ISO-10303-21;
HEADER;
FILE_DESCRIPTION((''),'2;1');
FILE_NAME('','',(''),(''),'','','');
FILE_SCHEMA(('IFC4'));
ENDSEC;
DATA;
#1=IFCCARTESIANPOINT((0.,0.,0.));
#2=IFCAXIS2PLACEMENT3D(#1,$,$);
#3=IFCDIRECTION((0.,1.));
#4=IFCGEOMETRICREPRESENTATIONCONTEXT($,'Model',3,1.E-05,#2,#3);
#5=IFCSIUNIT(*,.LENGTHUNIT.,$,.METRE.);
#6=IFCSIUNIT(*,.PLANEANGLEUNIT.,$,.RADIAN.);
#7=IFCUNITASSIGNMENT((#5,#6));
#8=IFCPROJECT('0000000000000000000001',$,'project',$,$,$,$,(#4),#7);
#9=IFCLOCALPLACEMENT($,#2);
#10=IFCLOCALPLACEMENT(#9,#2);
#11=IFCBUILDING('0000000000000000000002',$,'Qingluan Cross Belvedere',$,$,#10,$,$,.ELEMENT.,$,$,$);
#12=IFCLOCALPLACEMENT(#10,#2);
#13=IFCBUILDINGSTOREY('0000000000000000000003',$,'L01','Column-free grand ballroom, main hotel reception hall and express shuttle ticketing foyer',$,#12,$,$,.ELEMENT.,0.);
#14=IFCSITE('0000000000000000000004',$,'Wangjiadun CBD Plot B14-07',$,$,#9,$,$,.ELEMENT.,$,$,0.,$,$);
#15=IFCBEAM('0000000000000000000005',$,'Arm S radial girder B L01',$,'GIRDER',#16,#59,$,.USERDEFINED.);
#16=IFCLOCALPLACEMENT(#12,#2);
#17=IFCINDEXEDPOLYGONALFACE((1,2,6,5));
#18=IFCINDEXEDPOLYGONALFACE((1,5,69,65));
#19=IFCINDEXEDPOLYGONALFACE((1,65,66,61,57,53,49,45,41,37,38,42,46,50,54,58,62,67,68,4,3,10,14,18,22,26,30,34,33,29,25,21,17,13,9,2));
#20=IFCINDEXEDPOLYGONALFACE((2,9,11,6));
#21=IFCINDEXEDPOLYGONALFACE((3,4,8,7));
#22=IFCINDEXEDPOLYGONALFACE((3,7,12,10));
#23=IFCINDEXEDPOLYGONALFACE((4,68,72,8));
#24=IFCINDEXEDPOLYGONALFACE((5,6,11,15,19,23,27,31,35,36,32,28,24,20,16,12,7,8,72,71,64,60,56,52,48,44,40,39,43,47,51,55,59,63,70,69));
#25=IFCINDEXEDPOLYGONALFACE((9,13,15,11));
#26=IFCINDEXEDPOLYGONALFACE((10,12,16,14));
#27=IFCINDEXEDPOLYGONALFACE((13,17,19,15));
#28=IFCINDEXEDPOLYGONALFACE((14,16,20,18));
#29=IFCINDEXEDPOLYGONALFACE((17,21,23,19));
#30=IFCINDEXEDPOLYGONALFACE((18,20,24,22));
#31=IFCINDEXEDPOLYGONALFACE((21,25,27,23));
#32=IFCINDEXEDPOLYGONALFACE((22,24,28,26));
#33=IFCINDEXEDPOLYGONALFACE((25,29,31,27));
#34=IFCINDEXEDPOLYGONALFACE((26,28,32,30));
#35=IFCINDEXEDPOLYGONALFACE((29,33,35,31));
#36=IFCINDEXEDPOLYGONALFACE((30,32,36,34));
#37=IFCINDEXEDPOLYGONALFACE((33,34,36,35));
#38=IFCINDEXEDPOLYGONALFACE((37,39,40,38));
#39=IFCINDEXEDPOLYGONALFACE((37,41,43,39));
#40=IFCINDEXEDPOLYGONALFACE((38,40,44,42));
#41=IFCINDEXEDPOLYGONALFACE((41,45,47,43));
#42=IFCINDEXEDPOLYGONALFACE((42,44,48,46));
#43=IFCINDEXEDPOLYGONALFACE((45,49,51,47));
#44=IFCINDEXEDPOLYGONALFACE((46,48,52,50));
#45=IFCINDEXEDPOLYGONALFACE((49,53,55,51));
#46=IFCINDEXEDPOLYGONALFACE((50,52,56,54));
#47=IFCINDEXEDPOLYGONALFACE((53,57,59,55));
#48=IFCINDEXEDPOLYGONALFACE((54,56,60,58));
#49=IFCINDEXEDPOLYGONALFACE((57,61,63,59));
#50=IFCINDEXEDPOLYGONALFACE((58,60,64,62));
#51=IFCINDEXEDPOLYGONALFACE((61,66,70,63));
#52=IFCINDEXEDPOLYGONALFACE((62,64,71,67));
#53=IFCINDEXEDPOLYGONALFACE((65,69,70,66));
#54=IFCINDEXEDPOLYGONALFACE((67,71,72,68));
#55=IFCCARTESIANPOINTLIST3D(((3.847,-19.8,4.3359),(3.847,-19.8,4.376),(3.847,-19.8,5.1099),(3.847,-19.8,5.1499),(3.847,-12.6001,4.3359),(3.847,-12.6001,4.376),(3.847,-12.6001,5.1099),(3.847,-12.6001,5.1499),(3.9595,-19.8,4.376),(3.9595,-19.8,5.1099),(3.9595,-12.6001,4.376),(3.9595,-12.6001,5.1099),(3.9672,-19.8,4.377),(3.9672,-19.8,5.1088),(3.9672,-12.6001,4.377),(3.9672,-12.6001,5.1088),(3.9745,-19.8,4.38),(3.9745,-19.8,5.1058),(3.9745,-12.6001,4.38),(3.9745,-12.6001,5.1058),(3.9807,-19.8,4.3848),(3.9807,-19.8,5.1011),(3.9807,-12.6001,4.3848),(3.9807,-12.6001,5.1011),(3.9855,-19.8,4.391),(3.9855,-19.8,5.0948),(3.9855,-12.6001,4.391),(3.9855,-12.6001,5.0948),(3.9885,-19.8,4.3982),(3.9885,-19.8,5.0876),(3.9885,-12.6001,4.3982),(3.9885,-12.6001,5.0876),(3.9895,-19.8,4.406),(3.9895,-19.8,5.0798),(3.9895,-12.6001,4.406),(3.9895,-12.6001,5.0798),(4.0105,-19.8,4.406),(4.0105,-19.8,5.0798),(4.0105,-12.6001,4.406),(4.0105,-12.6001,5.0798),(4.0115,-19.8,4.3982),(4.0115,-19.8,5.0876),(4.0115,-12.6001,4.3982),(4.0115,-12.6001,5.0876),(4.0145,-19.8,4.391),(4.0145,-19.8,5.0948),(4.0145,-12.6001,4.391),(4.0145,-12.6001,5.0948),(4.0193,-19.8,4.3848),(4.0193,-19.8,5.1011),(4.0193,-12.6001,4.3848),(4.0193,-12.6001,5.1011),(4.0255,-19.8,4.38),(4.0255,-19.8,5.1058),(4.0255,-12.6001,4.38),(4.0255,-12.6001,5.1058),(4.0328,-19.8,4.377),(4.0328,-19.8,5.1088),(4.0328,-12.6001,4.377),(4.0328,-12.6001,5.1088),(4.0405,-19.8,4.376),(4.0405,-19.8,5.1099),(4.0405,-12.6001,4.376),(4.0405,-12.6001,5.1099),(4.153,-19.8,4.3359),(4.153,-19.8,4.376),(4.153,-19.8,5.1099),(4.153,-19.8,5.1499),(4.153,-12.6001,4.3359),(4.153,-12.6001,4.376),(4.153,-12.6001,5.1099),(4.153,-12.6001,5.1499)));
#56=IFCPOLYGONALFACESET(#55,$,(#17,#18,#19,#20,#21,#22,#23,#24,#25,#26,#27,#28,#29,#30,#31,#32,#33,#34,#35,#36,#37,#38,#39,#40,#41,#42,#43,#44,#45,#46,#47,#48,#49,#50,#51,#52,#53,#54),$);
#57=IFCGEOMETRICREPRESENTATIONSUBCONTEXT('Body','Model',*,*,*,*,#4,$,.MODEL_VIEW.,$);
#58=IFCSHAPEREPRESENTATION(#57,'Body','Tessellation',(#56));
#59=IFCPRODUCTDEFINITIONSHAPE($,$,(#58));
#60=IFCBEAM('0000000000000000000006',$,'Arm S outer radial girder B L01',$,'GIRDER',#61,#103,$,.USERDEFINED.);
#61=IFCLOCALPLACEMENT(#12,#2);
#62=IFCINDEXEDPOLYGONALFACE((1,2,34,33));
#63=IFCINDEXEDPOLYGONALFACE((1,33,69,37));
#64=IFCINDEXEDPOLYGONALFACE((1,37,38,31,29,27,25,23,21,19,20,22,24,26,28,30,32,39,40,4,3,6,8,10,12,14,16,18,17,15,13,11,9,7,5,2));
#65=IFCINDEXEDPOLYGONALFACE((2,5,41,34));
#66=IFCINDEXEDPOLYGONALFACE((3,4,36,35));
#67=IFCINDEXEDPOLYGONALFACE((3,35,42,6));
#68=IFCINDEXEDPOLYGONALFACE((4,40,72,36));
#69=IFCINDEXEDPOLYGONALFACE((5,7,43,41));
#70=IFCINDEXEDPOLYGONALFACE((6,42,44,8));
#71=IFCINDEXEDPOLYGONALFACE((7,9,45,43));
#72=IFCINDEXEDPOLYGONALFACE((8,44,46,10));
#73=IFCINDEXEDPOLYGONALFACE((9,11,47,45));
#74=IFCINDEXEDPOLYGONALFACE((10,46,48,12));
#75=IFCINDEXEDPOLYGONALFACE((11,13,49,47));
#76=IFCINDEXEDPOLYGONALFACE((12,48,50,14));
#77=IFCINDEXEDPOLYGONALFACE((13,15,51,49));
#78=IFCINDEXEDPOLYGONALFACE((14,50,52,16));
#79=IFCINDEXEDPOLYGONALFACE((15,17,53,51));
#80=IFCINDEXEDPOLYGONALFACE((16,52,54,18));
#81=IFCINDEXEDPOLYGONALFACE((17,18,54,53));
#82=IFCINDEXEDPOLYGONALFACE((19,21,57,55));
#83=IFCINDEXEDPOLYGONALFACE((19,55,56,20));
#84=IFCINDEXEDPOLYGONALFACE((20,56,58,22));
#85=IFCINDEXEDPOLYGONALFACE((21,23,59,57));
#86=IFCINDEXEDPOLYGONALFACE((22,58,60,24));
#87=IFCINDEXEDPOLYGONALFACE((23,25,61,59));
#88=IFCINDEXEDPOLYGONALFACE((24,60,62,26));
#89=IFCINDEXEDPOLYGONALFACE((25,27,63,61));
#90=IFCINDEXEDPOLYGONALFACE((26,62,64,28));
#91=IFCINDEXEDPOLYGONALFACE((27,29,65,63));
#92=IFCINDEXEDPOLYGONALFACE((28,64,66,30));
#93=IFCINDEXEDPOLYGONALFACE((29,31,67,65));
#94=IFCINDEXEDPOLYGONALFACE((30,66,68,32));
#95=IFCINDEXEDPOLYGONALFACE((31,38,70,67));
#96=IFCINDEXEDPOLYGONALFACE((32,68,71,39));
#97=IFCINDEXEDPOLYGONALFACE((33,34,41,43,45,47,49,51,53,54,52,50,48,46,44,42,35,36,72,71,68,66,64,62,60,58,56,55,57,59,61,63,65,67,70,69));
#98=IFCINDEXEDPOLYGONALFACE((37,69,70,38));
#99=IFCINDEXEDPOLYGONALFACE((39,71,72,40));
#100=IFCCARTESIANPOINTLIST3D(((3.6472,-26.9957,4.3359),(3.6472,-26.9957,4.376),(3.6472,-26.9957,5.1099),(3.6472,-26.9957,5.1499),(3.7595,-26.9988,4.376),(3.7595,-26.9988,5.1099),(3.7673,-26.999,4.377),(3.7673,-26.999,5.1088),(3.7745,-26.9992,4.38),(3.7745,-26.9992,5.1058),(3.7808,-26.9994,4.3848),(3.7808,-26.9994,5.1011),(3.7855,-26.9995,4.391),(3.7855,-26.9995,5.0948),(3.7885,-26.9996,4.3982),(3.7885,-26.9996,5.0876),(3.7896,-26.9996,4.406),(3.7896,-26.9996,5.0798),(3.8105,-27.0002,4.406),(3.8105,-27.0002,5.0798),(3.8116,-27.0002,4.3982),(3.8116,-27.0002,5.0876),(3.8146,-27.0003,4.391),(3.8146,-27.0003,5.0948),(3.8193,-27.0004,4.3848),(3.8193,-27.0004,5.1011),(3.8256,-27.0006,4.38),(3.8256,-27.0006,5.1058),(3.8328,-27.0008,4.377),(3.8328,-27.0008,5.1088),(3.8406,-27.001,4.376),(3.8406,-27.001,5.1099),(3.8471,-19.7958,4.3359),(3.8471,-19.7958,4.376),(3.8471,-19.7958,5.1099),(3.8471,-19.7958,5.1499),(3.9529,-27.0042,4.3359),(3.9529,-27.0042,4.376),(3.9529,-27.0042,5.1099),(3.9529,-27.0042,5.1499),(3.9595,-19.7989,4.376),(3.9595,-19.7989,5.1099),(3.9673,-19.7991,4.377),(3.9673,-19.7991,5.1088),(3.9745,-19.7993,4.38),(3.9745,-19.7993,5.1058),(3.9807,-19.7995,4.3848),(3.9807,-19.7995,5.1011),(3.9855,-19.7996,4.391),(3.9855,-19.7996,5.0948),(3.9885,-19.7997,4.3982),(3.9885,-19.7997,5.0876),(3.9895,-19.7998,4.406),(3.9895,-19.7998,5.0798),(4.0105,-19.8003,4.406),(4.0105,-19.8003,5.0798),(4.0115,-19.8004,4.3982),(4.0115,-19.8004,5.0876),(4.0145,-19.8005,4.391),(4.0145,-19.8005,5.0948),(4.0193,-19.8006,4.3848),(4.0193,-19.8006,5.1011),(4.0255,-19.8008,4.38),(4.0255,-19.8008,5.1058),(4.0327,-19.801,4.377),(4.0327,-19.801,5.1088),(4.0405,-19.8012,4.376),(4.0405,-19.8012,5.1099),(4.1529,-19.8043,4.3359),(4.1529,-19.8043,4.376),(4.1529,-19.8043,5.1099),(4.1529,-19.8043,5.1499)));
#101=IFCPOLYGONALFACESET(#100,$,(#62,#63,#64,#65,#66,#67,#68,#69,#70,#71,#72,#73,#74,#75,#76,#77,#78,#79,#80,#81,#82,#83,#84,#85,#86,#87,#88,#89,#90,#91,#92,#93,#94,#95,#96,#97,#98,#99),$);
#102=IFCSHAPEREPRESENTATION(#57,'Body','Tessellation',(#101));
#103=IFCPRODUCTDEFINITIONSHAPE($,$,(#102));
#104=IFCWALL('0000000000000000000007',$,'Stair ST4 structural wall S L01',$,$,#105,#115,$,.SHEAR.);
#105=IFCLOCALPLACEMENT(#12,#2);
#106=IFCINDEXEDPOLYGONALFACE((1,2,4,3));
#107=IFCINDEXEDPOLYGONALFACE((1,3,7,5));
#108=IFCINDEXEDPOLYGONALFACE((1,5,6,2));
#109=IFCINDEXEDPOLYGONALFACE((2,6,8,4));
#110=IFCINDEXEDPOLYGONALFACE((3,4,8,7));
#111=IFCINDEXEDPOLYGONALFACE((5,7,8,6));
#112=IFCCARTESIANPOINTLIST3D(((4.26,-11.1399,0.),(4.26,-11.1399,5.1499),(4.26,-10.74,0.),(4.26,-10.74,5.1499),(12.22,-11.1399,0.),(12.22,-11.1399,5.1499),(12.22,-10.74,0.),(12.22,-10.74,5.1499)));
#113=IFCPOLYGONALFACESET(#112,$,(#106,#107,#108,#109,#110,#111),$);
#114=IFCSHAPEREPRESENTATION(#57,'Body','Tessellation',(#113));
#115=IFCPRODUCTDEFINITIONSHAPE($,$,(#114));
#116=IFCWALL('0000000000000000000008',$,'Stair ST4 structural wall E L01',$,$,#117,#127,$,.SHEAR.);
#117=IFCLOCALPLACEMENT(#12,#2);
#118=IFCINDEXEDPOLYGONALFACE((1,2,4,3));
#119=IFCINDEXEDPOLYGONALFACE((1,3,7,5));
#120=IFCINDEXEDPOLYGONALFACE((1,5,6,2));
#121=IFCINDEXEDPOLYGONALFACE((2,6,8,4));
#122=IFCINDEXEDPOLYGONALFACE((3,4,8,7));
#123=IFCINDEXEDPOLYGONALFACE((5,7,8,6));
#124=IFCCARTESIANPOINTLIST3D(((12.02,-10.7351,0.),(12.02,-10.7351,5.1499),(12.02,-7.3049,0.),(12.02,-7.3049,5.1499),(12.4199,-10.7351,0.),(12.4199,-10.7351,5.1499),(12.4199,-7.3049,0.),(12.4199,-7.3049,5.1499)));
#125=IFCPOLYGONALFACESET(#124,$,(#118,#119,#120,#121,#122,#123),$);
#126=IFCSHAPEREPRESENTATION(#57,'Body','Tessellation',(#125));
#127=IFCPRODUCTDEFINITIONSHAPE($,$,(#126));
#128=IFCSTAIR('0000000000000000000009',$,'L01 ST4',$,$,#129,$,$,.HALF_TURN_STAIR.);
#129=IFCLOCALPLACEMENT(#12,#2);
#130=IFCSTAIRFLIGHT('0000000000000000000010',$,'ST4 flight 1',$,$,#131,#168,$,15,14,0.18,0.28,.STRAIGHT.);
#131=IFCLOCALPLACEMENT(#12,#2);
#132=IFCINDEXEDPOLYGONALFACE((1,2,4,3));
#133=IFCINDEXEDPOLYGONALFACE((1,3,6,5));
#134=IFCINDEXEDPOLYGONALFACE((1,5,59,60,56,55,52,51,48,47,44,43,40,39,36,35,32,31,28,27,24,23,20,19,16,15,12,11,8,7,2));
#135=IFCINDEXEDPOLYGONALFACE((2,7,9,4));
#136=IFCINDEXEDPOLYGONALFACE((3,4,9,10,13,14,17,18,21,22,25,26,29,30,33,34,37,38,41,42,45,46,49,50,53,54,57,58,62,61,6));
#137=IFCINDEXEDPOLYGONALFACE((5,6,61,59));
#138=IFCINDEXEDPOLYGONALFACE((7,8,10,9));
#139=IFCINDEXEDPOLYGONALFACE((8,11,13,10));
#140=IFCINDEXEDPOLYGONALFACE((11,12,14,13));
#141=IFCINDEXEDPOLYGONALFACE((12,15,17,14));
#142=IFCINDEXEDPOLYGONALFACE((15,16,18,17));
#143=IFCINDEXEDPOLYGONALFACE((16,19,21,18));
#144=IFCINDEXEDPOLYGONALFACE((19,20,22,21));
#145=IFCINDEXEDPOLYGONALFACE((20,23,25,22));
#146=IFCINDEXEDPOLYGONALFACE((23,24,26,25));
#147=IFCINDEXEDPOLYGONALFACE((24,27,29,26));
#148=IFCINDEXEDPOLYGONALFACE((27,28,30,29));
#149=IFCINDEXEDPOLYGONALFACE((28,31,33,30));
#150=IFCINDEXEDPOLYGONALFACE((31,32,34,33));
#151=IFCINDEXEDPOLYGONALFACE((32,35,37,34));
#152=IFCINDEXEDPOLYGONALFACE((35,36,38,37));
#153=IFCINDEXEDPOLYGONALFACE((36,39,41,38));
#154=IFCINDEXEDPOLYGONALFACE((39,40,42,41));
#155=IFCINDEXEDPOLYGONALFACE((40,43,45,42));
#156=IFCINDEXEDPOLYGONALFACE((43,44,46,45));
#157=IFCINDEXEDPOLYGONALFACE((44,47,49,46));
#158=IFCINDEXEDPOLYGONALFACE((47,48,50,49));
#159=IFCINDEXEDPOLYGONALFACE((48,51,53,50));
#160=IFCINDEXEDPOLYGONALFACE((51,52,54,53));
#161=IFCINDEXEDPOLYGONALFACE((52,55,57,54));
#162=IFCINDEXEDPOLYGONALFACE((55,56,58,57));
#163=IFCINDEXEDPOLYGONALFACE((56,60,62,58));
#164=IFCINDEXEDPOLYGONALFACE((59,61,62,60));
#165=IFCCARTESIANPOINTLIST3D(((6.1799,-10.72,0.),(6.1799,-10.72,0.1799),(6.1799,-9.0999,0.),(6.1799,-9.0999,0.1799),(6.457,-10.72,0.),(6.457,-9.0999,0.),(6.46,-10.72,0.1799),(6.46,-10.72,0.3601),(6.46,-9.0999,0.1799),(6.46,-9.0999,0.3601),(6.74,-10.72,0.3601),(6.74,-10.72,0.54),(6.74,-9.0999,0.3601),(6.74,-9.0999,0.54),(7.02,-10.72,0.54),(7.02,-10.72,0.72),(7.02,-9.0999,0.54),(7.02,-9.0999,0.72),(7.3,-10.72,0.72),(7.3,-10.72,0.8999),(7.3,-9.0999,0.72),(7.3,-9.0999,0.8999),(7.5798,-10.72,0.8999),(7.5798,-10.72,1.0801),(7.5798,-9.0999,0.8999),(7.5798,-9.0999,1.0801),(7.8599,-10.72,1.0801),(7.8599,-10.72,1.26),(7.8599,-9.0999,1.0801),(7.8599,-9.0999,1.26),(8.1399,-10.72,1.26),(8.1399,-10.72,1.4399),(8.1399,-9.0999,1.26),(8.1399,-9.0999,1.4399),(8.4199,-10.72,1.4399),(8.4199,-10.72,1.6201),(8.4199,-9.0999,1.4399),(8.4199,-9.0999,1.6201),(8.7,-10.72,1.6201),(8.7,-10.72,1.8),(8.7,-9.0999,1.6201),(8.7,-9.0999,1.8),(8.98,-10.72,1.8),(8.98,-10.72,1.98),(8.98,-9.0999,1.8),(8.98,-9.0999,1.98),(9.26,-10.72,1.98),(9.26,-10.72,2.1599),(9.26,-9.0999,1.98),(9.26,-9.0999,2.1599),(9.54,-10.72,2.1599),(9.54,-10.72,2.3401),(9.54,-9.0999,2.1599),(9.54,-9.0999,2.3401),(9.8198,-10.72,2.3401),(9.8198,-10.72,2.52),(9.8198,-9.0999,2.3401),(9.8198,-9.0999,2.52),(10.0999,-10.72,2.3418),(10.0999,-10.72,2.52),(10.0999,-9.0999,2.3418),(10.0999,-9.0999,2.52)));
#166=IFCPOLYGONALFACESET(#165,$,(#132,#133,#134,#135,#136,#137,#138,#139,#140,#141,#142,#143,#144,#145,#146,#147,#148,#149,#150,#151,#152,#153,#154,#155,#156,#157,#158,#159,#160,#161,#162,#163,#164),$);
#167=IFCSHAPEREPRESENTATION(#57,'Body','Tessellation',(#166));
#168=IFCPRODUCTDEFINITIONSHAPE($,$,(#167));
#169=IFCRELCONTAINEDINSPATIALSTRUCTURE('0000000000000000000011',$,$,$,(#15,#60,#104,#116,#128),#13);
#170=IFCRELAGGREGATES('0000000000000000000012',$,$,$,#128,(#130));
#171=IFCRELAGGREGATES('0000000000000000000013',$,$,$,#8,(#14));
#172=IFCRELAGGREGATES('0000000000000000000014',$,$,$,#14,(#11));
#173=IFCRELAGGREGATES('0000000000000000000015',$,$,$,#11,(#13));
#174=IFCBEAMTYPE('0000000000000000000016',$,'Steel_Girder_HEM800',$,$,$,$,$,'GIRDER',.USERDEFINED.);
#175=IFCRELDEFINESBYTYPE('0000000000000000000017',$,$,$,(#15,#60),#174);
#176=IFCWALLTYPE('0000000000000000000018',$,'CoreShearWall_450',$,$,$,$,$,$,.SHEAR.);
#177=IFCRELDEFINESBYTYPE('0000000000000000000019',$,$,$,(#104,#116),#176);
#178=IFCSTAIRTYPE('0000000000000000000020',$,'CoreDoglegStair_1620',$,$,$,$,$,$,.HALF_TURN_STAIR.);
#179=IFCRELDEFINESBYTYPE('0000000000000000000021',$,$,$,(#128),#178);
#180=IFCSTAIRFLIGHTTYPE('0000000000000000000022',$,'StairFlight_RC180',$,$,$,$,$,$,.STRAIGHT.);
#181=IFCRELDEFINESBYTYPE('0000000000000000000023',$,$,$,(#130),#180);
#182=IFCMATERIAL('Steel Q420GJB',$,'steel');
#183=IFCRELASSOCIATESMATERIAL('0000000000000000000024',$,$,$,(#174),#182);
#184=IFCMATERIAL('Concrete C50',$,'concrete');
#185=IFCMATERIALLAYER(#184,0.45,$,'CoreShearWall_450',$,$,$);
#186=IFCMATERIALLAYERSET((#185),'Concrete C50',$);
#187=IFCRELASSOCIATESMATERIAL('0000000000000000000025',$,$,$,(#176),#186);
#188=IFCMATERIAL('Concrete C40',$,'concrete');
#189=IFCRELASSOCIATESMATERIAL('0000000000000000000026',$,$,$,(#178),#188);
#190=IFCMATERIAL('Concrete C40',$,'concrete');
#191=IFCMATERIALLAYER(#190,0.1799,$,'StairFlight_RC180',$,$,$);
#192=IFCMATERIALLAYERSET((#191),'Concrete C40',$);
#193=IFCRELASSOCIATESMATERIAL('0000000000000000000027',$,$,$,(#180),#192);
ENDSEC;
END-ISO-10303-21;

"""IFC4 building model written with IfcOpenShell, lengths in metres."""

from ifc_helpers import new_model, si_unit, direction, frame, frame_2d, origin, origin_2d, place, context, subcontext, project, spatial, polyline, rectangle, i_section, outline, extrude, material, layer, layer_set, material_profile, profile_set, type_object, element, aggregate, save


model = new_model("IFC4")

# Units and contexts
model_context = context("Model", 3, precision=1e-05, world=origin(), true_north=direction((0.0, 1.0)))
body_context = subcontext(model_context, "Body", "Model", "MODEL_VIEW")
ifc_project = project(units=[si_unit("LENGTHUNIT", "METRE"), si_unit("PLANEANGLEUNIT", "RADIAN")], contexts=[model_context])

# Site, building, storey
site_placement = place(None, origin())
site = spatial("IfcSite", under=ifc_project, at=site_placement, Name="Wangjiadun CBD Plot B14-07", CompositionType="ELEMENT", RefElevation=0.0)
building_placement = place(site_placement, origin())
building = spatial("IfcBuilding", under=site, at=building_placement, Name="Qingluan Cross Belvedere", CompositionType="ELEMENT")
storey_placement = place(building_placement, origin())
storey = spatial("IfcBuildingStorey", under=building, at=storey_placement, Name="L01", Description="Column-free grand ballroom, main hotel reception hall and express shuttle ticketing foyer", CompositionType="ELEMENT", Elevation=0.0)

# Beams
ifc_material_1 = material(Name="Steel Q420GJB", Category="steel")
ifc_material_profile_1 = material_profile(ifc_material_1, i_section(OverallWidth=0.3059, OverallDepth=0.814, WebThickness=0.021, FlangeThickness=0.04, FilletRadius=0.03, at=origin_2d()), Name="HEM800")
ifc_profile_set_1 = profile_set([ifc_material_profile_1], Name="Steel Q420GJB")
beam_type_1 = type_object("IfcBeamType", Name="Steel_Girder_HEM800", ElementType="GIRDER", PredefinedType="USERDEFINED", material=ifc_profile_set_1)
beam_1_placement = place(storey_placement, frame((4.0, -12.6001, 4.7429), z_axis=(0.0, -1.0, 0.0), x_axis=(1.0, 0.0, 0.0)))
element("IfcBeam", 1, at=beam_1_placement, inside=storey, type_object=beam_type_1, Name="Arm S radial girder B L01", ObjectType="GIRDER", PredefinedType="USERDEFINED", context=body_context, shape_type="SweptSolid", body=[
    extrude(i_section(OverallWidth=0.3059, OverallDepth=0.814, WebThickness=0.021, FlangeThickness=0.04, FilletRadius=0.03, at=origin_2d()), origin(), (0.0, 0.0, 1.0), 7.2),
])
beam_2_placement = place(storey_placement, frame((4.0, -19.8, 4.7429), z_axis=(-0.02776, -0.999615, 0.0), x_axis=(0.999615, -0.02776, 0.0)))
element("IfcBeam", 2, at=beam_2_placement, inside=storey, type_object=beam_type_1, Name="Arm S outer radial girder B L01", ObjectType="GIRDER", PredefinedType="USERDEFINED", context=body_context, shape_type="SweptSolid", body=[
    extrude(i_section(OverallWidth=0.3059, OverallDepth=0.814, WebThickness=0.021, FlangeThickness=0.04, FilletRadius=0.03, at=origin_2d()), origin(), (0.0, 0.0, 1.0), 7.2026),
])

# Wall
ifc_material_2 = material(Name="Concrete C50", Category="concrete")
ifc_layer_1 = layer(ifc_material_2, 0.45, Name="CoreShearWall_450")
ifc_layer_set_1 = layer_set([ifc_layer_1], Name="Concrete C50")
wall_type = type_object("IfcWallType", Name="CoreShearWall_450", PredefinedType="SHEAR", material=ifc_layer_set_1)
wall_1_placement = place(storey_placement, frame((4.26, -10.9399, 0.0), z_axis=(0.0, 0.0, 1.0), x_axis=(1.0, 0.0, 0.0)))
element("IfcWall", 3, at=wall_1_placement, inside=storey, type_object=wall_type, Name="Stair ST4 structural wall S L01", PredefinedType="SHEAR", context=body_context, shape_type="SweptSolid", body=[
    extrude(rectangle(XDim=7.96, YDim=0.3999, at=frame_2d((3.98, 0.0))), origin(), (0.0, 0.0, 1.0), 5.1499),
])

# Wall
wall_2_placement = place(storey_placement, frame((12.22, -10.7351, 0.0), z_axis=(0.0, 0.0, 1.0), x_axis=(0.0, 1.0, 0.0)))
element("IfcWall", 4, at=wall_2_placement, inside=storey, type_object=wall_type, Name="Stair ST4 structural wall E L01", PredefinedType="SHEAR", context=body_context, shape_type="SweptSolid", body=[
    extrude(rectangle(XDim=3.4302, YDim=0.3999, at=frame_2d((1.7151, 0.0))), origin(), (0.0, 0.0, 1.0), 5.1499),
])

# Stair, stair flight
ifc_material_3 = material(Name="Concrete C40", Category="concrete")
stair_type = type_object("IfcStairType", Name="CoreDoglegStair_1620", PredefinedType="HALF_TURN_STAIR", material=ifc_material_3)
stair_placement = place(storey_placement, origin())
stair = element("IfcStair", 5, at=stair_placement, inside=storey, type_object=stair_type, Name="L01 ST4", PredefinedType="HALF_TURN_STAIR")
ifc_material_4 = material(Name="Concrete C40", Category="concrete")
ifc_layer_2 = layer(ifc_material_4, 0.1799, Name="StairFlight_RC180")
ifc_layer_set_2 = layer_set([ifc_layer_2], Name="Concrete C40")
stair_flight_type = type_object("IfcStairFlightType", Name="StairFlight_RC180", PredefinedType="STRAIGHT", material=ifc_layer_set_2)
stair_flight_placement = place(storey_placement, frame((6.1799, -9.9099, 0.0), z_axis=(0.0, 0.0, 1.0), x_axis=(1.0, 0.0, 0.0)))
stair_flight = element("IfcStairFlight", 6, at=stair_flight_placement, type_object=stair_flight_type, Name="ST4 flight 1", NumberOfRisers=15, NumberOfTreads=14, PredefinedType="STRAIGHT", RiserHeight=0.18, TreadLength=0.28, context=body_context, shape_type="SweptSolid", body=[
    extrude(outline(polyline([(0.0, 0.0), (0.0, 0.1799), (0.28, 0.1799), (0.28, 0.3601), (0.5601, 0.3601), (0.5601, 0.54), (0.8401, 0.54), (0.8401, 0.72), (1.1201, 0.72), (1.1201, 0.8999), (1.3999, 0.8999), (1.3999, 1.0801), (1.6799, 1.0801), (1.6799, 1.26), (1.96, 1.26), (1.96, 1.4399), (2.24, 1.4399), (2.24, 1.6201), (2.52, 1.6201), (2.52, 1.8), (2.8, 1.8), (2.8, 1.98), (3.0801, 1.98), (3.0801, 2.1599), (3.3601, 2.1599), (3.3601, 2.3401), (3.6399, 2.3401), (3.6399, 2.52), (3.9199, 2.52), (3.9199, 2.7), (3.9199, 2.3418), (0.2771, 0.0), (0.0, 0.0)])), frame((0.0, 0.8101, 0.0), z_axis=(0.0, -1.0, 0.0), x_axis=(1.0, 0.0, 0.0)), (0.0, 0.0, 1.0), 1.6201),
])
aggregate(stair, [stair_flight])

save(model, "model.ifc")
